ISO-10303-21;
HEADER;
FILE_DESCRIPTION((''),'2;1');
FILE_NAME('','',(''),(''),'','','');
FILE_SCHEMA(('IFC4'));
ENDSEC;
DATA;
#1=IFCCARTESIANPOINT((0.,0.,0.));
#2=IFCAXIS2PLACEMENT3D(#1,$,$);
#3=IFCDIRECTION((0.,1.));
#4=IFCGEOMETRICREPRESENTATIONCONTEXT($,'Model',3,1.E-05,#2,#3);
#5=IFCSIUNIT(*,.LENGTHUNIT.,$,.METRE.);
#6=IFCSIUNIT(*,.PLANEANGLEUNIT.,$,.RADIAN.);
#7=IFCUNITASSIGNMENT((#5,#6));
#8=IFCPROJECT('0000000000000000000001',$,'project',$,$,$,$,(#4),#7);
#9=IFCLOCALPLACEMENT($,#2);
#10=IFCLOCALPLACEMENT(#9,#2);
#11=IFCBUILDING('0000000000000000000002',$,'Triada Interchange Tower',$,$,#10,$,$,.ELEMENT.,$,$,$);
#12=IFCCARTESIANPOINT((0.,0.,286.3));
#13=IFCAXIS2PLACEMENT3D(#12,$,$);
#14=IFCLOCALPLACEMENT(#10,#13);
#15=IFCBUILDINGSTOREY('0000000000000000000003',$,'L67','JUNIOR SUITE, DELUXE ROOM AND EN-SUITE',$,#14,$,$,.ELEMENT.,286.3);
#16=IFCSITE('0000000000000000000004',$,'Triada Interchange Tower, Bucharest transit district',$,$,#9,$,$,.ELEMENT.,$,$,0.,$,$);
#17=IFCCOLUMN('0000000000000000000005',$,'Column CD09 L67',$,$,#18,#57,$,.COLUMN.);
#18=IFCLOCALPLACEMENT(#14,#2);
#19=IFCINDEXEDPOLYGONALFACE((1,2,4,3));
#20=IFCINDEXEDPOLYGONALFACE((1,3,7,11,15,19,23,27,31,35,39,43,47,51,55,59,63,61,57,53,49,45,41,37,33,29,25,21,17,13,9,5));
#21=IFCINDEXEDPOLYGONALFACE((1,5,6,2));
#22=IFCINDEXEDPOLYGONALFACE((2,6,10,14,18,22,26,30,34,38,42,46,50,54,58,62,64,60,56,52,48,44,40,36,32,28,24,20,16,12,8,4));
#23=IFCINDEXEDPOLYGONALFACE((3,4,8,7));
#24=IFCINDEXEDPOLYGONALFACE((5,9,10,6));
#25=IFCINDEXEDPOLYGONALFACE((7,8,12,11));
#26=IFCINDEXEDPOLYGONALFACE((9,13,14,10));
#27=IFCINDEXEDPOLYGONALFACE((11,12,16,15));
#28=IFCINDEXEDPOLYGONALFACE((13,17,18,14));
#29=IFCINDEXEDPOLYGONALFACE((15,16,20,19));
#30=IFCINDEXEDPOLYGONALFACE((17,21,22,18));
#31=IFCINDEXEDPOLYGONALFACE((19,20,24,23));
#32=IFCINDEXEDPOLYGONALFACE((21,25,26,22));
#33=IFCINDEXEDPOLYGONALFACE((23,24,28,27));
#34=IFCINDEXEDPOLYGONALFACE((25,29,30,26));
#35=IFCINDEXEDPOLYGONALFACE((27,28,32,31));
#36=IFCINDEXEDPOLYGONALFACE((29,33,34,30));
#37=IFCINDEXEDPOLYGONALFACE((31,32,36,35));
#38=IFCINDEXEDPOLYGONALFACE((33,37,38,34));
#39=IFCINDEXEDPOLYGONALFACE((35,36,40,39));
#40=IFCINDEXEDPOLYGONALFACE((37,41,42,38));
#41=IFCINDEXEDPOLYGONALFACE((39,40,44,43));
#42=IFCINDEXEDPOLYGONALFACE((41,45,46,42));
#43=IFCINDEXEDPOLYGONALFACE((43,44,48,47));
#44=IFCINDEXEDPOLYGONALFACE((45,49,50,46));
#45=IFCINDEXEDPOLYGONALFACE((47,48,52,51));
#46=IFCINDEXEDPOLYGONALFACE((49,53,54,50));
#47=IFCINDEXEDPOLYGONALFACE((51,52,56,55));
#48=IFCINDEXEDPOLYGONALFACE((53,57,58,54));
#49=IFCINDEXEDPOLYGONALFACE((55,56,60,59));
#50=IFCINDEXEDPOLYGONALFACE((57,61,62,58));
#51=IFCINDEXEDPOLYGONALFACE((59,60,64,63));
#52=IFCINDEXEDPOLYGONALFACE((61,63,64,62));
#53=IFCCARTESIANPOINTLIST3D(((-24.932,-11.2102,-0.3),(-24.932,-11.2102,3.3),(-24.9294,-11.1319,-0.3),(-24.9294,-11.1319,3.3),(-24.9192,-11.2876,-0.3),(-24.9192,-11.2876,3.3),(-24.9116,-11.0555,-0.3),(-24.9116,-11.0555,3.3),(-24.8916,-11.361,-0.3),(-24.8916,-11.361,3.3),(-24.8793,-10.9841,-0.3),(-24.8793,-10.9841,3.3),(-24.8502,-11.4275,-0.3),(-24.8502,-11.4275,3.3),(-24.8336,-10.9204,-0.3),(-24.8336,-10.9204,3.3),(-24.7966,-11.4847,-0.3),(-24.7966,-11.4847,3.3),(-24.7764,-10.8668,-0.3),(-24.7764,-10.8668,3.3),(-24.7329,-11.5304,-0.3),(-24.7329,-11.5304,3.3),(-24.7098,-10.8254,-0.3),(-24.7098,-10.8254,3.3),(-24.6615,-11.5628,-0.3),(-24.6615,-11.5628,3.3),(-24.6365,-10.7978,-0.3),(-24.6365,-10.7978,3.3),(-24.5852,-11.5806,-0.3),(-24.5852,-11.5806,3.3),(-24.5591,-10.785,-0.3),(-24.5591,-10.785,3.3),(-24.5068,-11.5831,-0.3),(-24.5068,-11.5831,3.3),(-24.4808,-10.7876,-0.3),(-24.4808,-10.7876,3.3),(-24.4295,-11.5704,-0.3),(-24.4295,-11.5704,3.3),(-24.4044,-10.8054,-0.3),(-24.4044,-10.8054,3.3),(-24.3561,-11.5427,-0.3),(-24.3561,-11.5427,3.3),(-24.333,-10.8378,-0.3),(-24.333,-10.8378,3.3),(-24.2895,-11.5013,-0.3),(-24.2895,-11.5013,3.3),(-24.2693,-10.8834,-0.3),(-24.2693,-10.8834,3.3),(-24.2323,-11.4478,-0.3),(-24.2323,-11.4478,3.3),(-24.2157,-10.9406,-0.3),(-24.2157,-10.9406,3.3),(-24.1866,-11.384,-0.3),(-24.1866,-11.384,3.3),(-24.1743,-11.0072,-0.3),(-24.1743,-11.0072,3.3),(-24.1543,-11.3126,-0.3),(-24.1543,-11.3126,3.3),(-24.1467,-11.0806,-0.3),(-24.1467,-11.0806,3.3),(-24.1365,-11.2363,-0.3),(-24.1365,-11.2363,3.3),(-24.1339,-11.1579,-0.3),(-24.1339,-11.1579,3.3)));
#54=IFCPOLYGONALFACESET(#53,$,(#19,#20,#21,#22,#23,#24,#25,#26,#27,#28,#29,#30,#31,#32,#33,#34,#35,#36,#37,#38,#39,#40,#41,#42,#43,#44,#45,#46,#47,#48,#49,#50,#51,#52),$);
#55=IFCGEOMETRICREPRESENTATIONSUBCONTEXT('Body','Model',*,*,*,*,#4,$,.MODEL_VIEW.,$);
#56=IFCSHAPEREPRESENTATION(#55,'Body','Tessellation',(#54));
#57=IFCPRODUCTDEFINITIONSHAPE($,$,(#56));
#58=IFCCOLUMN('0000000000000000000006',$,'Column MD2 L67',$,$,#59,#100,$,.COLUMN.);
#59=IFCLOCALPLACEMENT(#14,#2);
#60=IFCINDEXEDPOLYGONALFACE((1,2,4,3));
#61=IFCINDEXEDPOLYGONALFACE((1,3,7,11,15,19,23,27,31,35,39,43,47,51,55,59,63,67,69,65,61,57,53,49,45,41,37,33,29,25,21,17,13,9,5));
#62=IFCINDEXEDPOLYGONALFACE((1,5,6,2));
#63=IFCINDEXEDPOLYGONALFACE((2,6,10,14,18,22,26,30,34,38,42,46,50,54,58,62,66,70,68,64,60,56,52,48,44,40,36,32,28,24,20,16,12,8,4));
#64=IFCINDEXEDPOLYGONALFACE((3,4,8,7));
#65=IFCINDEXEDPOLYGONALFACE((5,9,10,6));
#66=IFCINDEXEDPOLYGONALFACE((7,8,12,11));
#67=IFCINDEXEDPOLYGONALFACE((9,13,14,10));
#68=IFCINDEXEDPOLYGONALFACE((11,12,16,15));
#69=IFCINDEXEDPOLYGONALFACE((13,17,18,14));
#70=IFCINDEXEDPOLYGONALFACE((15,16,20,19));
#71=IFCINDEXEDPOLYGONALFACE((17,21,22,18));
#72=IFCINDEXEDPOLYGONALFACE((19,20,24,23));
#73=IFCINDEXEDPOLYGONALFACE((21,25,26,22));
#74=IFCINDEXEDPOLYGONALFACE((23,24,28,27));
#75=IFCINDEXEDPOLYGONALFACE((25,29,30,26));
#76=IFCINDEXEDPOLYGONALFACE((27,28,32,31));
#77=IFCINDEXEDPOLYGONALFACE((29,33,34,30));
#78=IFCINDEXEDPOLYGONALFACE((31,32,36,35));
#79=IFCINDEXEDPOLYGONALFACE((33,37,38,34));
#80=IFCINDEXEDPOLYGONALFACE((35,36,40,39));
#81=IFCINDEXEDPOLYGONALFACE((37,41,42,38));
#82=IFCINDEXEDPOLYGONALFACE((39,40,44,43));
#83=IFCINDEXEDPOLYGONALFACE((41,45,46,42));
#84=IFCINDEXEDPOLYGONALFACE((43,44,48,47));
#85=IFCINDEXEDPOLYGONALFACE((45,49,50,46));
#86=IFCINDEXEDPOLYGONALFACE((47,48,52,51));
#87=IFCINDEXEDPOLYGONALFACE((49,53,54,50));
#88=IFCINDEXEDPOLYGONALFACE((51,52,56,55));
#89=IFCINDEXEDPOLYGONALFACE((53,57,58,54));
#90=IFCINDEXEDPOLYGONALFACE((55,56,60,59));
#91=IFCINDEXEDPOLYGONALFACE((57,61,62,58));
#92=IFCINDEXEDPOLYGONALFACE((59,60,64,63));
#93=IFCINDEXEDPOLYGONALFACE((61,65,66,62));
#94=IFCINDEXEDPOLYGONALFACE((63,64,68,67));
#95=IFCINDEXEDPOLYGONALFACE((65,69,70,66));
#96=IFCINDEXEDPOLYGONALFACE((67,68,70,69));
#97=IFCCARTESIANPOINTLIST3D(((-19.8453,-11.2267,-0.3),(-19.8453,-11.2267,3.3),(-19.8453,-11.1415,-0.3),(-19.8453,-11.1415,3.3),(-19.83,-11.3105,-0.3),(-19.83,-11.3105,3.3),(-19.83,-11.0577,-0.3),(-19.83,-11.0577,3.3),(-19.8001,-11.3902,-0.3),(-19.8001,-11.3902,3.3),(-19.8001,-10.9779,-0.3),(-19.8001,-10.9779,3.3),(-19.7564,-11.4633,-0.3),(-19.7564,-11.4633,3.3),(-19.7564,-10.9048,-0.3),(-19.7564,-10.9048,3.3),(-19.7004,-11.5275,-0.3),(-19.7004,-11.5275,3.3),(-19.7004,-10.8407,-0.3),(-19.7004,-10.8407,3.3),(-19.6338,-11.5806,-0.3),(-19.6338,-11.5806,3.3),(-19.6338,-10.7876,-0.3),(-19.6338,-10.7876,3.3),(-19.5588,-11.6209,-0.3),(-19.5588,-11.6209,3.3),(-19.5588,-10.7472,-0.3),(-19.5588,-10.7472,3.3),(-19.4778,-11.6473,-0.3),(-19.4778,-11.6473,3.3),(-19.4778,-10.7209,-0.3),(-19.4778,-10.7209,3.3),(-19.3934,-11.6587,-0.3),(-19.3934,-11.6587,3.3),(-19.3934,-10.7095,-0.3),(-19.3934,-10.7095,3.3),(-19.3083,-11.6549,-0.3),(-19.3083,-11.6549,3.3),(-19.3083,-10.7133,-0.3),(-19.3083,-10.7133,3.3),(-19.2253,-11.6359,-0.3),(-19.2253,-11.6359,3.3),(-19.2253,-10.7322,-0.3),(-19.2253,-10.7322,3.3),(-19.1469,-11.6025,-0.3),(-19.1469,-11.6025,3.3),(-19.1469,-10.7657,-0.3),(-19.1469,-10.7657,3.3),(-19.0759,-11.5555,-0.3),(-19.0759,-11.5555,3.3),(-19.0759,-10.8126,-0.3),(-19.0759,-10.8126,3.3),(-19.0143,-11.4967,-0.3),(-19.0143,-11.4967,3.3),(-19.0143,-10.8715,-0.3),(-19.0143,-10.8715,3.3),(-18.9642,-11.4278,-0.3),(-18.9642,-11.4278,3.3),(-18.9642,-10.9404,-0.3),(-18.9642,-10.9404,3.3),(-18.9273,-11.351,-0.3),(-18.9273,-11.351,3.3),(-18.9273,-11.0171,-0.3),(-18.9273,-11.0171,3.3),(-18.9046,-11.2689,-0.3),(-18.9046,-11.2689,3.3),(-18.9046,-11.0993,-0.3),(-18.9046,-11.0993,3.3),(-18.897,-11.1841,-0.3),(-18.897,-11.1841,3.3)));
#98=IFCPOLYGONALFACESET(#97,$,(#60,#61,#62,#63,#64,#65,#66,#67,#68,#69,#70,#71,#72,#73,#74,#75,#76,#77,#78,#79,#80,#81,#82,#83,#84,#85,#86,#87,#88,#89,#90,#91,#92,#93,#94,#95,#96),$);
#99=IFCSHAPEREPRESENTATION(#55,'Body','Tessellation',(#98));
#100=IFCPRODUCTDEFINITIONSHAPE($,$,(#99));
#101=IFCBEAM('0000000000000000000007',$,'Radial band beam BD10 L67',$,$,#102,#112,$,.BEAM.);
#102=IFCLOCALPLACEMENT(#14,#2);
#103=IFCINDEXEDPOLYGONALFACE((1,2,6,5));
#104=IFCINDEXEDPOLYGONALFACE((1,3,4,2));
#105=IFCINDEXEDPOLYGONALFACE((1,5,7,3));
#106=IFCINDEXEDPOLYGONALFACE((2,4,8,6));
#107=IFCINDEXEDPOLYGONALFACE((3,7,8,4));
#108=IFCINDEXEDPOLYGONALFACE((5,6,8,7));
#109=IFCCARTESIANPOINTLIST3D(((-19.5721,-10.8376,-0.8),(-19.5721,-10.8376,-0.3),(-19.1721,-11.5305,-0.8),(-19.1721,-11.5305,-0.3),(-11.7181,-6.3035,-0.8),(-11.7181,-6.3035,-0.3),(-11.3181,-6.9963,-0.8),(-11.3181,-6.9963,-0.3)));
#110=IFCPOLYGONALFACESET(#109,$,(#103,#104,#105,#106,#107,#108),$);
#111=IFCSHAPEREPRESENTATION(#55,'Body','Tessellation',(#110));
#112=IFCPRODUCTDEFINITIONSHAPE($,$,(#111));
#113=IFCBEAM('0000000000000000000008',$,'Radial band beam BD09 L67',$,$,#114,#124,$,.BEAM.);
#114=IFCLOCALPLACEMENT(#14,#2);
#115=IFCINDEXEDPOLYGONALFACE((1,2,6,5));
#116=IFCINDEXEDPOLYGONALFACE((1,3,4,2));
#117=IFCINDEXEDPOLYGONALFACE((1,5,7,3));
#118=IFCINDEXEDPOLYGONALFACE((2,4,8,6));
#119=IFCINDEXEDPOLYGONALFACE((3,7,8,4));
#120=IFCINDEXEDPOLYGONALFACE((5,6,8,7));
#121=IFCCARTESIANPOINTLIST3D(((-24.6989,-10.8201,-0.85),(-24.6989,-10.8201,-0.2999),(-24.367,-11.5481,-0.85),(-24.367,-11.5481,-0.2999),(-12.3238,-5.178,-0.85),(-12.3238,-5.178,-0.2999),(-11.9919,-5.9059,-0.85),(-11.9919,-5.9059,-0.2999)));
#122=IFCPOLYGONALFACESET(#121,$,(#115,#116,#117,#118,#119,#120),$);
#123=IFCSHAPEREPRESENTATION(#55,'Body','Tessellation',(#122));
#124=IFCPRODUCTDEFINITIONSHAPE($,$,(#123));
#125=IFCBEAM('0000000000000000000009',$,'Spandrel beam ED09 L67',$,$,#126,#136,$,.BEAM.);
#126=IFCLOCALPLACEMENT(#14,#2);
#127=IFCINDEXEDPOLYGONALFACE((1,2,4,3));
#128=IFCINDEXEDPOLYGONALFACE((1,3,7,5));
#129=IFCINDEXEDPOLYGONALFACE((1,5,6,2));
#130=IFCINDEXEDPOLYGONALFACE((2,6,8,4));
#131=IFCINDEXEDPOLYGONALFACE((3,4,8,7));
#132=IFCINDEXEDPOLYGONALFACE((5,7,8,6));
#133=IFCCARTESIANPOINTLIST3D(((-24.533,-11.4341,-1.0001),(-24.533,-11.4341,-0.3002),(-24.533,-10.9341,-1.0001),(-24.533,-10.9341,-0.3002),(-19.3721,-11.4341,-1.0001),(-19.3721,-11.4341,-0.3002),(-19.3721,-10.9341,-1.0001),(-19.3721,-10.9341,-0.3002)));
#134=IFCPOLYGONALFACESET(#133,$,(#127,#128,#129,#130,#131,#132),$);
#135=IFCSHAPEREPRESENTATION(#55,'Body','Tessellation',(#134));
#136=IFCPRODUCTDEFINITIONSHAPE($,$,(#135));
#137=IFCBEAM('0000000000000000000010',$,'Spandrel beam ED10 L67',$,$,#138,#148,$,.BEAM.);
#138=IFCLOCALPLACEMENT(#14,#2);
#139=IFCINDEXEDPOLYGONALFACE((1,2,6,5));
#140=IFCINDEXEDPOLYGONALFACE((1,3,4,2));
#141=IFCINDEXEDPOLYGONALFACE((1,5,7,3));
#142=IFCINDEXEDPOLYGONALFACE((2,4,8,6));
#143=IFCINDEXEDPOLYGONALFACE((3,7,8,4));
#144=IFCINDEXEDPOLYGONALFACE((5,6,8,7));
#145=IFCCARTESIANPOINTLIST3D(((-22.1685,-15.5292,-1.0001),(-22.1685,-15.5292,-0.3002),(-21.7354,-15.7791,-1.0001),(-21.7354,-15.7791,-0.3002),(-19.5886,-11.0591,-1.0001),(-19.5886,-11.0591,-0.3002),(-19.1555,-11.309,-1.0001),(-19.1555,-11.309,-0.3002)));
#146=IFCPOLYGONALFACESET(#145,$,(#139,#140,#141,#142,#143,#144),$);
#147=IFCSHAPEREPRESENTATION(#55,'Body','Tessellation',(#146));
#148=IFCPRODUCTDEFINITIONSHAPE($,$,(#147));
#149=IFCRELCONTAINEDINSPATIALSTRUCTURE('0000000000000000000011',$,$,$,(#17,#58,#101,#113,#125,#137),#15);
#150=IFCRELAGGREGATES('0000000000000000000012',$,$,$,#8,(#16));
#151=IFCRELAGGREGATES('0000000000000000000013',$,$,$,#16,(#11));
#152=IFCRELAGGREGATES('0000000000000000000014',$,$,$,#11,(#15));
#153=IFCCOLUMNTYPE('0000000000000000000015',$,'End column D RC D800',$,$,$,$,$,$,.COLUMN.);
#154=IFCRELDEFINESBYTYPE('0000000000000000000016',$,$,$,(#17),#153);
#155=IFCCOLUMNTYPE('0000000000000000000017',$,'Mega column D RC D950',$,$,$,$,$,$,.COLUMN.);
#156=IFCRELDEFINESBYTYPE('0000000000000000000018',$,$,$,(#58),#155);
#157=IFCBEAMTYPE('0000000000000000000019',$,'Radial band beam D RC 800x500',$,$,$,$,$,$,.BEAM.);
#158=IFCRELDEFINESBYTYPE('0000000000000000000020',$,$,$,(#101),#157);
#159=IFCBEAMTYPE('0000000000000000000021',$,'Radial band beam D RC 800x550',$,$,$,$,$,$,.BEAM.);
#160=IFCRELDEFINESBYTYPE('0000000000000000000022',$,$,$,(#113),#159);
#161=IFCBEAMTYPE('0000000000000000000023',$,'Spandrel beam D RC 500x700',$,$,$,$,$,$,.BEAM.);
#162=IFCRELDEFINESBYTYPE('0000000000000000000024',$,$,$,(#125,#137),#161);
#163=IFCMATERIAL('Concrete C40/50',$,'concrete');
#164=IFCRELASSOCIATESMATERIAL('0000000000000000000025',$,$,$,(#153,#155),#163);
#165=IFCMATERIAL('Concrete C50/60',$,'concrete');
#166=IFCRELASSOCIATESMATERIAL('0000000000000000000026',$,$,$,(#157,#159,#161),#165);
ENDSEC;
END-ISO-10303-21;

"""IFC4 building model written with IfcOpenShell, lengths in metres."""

from ifc_helpers import new_model, si_unit, direction, frame, origin, origin_2d, place, context, subcontext, project, spatial, rectangle, circle, extrude, material, material_profile, profile_set, type_object, element, save


model = new_model("IFC4")

# Units and contexts
model_context = context("Model", 3, precision=1e-05, world=origin(), true_north=direction((0.0, 1.0)))
body_context = subcontext(model_context, "Body", "Model", "MODEL_VIEW")
ifc_project = project(units=[si_unit("LENGTHUNIT", "METRE"), si_unit("PLANEANGLEUNIT", "RADIAN")], contexts=[model_context])

# Site, building, storey
site_placement = place(None, origin())
site = spatial("IfcSite", under=ifc_project, at=site_placement, Name="Triada Interchange Tower, Bucharest transit district", CompositionType="ELEMENT", RefElevation=0.0)
building_placement = place(site_placement, origin())
building = spatial("IfcBuilding", under=site, at=building_placement, Name="Triada Interchange Tower", CompositionType="ELEMENT")
storey_placement = place(building_placement, frame((0.0, 0.0, 286.3)))
storey = spatial("IfcBuildingStorey", under=building, at=storey_placement, Name="L67", Description="JUNIOR SUITE, DELUXE ROOM AND EN-SUITE", CompositionType="ELEMENT", Elevation=286.3)

# Columns
ifc_material_1 = material(Name="Concrete C40/50", Category="concrete")
ifc_material_profile_1 = material_profile(ifc_material_1, circle(Radius=0.3999, at=origin_2d()), Name="RC D800")
ifc_profile_set_1 = profile_set([ifc_material_profile_1], Name="Concrete C40/50")
column_type_1 = type_object("IfcColumnType", Name="End column D RC D800", PredefinedType="COLUMN", material=ifc_profile_set_1)
column_1_placement = place(storey_placement, frame((-24.533, -11.1841, -0.3), z_axis=(0.0, 0.0, 1.0), x_axis=(0.5, 0.866025, 0.0)))
element("IfcColumn", 1, at=column_1_placement, inside=storey, type_object=column_type_1, Name="Column CD09 L67", PredefinedType="COLUMN", context=body_context, shape_type="SweptSolid", body=[
    extrude(circle(Radius=0.3999, at=origin_2d()), origin(), (0.0, 0.0, 1.0), 3.6001),
])
ifc_material_profile_2 = material_profile(ifc_material_1, circle(Radius=0.4751, at=origin_2d()), Name="RC D950")
ifc_profile_set_2 = profile_set([ifc_material_profile_2], Name="Concrete C40/50")
column_type_2 = type_object("IfcColumnType", Name="Mega column D RC D950", PredefinedType="COLUMN", material=ifc_profile_set_2)
column_2_placement = place(storey_placement, frame((-19.3721, -11.1841, -0.3), z_axis=(0.0, 0.0, 1.0), x_axis=(1.0, 0.0, 0.0)))
element("IfcColumn", 2, at=column_2_placement, inside=storey, type_object=column_type_2, Name="Column MD2 L67", PredefinedType="COLUMN", context=body_context, shape_type="SweptSolid", body=[
    extrude(circle(Radius=0.4751, at=origin_2d()), origin(), (0.0, 0.0, 1.0), 3.6001),
])

# Beams
ifc_material_2 = material(Name="Concrete C50/60", Category="concrete")
ifc_material_profile_3 = material_profile(ifc_material_2, rectangle(XDim=0.8, YDim=0.5, at=origin_2d()), Name="RC 800x500")
ifc_profile_set_3 = profile_set([ifc_material_profile_3], Name="Concrete C50/60")
beam_type_1 = type_object("IfcBeamType", Name="Radial band beam D RC 800x500", PredefinedType="BEAM", material=ifc_profile_set_3)
beam_1_placement = place(storey_placement, frame((-19.3721, -11.1841, -0.55), z_axis=(0.866041, 0.499973, 0.0), x_axis=(-0.499973, 0.866041, 0.0)))
element("IfcBeam", 3, at=beam_1_placement, inside=storey, type_object=beam_type_1, Name="Radial band beam BD10 L67", PredefinedType="BEAM", context=body_context, shape_type="SweptSolid", body=[
    extrude(rectangle(XDim=0.8, YDim=0.5, at=origin_2d()), origin(), (0.0, 0.0, 1.0), 9.0688),
])
ifc_material_profile_4 = material_profile(ifc_material_2, rectangle(XDim=0.8, YDim=0.55, at=origin_2d()), Name="RC 800x550")
ifc_profile_set_4 = profile_set([ifc_material_profile_4], Name="Concrete C50/60")
beam_type_2 = type_object("IfcBeamType", Name="Radial band beam D RC 800x550", PredefinedType="BEAM", material=ifc_profile_set_4)
beam_2_placement = place(storey_placement, frame((-24.533, -11.1841, -0.575), z_axis=(0.909893, 0.414844, 0.0), x_axis=(-0.414844, 0.909893, 0.0)))
element("IfcBeam", 4, at=beam_2_placement, inside=storey, type_object=beam_type_2, Name="Radial band beam BD09 L67", PredefinedType="BEAM", context=body_context, shape_type="SweptSolid", body=[
    extrude(rectangle(XDim=0.8, YDim=0.55, at=origin_2d()), origin(), (0.0, 0.0, 1.0), 13.6006),
])
ifc_material_profile_5 = material_profile(ifc_material_2, rectangle(XDim=0.5, YDim=0.7, at=origin_2d()), Name="RC 500x700")
ifc_profile_set_5 = profile_set([ifc_material_profile_5], Name="Concrete C50/60")
beam_type_3 = type_object("IfcBeamType", Name="Spandrel beam D RC 500x700", PredefinedType="BEAM", material=ifc_profile_set_5)
beam_3_placement = place(storey_placement, frame((-24.533, -11.1841, -0.6501), z_axis=(1.0, 0.0, 0.0), x_axis=(0.0, 1.0, 0.0)))
element("IfcBeam", 5, at=beam_3_placement, inside=storey, type_object=beam_type_3, Name="Spandrel beam ED09 L67", PredefinedType="BEAM", context=body_context, shape_type="SweptSolid", body=[
    extrude(rectangle(XDim=0.5, YDim=0.7, at=origin_2d()), origin(), (0.0, 0.0, 1.0), 5.1609),
])
beam_4_placement = place(storey_placement, frame((-19.3721, -11.1841, -0.6501), z_axis=(-0.499869, -0.866101, 0.0), x_axis=(0.866101, -0.499869, 0.0)))
element("IfcBeam", 6, at=beam_4_placement, inside=storey, type_object=beam_type_3, Name="Spandrel beam ED10 L67", PredefinedType="BEAM", context=body_context, shape_type="SweptSolid", body=[
    extrude(rectangle(XDim=0.5, YDim=0.7, at=origin_2d()), origin(), (0.0, 0.0, 1.0), 5.1611),
])

save(model, "model.ifc")
